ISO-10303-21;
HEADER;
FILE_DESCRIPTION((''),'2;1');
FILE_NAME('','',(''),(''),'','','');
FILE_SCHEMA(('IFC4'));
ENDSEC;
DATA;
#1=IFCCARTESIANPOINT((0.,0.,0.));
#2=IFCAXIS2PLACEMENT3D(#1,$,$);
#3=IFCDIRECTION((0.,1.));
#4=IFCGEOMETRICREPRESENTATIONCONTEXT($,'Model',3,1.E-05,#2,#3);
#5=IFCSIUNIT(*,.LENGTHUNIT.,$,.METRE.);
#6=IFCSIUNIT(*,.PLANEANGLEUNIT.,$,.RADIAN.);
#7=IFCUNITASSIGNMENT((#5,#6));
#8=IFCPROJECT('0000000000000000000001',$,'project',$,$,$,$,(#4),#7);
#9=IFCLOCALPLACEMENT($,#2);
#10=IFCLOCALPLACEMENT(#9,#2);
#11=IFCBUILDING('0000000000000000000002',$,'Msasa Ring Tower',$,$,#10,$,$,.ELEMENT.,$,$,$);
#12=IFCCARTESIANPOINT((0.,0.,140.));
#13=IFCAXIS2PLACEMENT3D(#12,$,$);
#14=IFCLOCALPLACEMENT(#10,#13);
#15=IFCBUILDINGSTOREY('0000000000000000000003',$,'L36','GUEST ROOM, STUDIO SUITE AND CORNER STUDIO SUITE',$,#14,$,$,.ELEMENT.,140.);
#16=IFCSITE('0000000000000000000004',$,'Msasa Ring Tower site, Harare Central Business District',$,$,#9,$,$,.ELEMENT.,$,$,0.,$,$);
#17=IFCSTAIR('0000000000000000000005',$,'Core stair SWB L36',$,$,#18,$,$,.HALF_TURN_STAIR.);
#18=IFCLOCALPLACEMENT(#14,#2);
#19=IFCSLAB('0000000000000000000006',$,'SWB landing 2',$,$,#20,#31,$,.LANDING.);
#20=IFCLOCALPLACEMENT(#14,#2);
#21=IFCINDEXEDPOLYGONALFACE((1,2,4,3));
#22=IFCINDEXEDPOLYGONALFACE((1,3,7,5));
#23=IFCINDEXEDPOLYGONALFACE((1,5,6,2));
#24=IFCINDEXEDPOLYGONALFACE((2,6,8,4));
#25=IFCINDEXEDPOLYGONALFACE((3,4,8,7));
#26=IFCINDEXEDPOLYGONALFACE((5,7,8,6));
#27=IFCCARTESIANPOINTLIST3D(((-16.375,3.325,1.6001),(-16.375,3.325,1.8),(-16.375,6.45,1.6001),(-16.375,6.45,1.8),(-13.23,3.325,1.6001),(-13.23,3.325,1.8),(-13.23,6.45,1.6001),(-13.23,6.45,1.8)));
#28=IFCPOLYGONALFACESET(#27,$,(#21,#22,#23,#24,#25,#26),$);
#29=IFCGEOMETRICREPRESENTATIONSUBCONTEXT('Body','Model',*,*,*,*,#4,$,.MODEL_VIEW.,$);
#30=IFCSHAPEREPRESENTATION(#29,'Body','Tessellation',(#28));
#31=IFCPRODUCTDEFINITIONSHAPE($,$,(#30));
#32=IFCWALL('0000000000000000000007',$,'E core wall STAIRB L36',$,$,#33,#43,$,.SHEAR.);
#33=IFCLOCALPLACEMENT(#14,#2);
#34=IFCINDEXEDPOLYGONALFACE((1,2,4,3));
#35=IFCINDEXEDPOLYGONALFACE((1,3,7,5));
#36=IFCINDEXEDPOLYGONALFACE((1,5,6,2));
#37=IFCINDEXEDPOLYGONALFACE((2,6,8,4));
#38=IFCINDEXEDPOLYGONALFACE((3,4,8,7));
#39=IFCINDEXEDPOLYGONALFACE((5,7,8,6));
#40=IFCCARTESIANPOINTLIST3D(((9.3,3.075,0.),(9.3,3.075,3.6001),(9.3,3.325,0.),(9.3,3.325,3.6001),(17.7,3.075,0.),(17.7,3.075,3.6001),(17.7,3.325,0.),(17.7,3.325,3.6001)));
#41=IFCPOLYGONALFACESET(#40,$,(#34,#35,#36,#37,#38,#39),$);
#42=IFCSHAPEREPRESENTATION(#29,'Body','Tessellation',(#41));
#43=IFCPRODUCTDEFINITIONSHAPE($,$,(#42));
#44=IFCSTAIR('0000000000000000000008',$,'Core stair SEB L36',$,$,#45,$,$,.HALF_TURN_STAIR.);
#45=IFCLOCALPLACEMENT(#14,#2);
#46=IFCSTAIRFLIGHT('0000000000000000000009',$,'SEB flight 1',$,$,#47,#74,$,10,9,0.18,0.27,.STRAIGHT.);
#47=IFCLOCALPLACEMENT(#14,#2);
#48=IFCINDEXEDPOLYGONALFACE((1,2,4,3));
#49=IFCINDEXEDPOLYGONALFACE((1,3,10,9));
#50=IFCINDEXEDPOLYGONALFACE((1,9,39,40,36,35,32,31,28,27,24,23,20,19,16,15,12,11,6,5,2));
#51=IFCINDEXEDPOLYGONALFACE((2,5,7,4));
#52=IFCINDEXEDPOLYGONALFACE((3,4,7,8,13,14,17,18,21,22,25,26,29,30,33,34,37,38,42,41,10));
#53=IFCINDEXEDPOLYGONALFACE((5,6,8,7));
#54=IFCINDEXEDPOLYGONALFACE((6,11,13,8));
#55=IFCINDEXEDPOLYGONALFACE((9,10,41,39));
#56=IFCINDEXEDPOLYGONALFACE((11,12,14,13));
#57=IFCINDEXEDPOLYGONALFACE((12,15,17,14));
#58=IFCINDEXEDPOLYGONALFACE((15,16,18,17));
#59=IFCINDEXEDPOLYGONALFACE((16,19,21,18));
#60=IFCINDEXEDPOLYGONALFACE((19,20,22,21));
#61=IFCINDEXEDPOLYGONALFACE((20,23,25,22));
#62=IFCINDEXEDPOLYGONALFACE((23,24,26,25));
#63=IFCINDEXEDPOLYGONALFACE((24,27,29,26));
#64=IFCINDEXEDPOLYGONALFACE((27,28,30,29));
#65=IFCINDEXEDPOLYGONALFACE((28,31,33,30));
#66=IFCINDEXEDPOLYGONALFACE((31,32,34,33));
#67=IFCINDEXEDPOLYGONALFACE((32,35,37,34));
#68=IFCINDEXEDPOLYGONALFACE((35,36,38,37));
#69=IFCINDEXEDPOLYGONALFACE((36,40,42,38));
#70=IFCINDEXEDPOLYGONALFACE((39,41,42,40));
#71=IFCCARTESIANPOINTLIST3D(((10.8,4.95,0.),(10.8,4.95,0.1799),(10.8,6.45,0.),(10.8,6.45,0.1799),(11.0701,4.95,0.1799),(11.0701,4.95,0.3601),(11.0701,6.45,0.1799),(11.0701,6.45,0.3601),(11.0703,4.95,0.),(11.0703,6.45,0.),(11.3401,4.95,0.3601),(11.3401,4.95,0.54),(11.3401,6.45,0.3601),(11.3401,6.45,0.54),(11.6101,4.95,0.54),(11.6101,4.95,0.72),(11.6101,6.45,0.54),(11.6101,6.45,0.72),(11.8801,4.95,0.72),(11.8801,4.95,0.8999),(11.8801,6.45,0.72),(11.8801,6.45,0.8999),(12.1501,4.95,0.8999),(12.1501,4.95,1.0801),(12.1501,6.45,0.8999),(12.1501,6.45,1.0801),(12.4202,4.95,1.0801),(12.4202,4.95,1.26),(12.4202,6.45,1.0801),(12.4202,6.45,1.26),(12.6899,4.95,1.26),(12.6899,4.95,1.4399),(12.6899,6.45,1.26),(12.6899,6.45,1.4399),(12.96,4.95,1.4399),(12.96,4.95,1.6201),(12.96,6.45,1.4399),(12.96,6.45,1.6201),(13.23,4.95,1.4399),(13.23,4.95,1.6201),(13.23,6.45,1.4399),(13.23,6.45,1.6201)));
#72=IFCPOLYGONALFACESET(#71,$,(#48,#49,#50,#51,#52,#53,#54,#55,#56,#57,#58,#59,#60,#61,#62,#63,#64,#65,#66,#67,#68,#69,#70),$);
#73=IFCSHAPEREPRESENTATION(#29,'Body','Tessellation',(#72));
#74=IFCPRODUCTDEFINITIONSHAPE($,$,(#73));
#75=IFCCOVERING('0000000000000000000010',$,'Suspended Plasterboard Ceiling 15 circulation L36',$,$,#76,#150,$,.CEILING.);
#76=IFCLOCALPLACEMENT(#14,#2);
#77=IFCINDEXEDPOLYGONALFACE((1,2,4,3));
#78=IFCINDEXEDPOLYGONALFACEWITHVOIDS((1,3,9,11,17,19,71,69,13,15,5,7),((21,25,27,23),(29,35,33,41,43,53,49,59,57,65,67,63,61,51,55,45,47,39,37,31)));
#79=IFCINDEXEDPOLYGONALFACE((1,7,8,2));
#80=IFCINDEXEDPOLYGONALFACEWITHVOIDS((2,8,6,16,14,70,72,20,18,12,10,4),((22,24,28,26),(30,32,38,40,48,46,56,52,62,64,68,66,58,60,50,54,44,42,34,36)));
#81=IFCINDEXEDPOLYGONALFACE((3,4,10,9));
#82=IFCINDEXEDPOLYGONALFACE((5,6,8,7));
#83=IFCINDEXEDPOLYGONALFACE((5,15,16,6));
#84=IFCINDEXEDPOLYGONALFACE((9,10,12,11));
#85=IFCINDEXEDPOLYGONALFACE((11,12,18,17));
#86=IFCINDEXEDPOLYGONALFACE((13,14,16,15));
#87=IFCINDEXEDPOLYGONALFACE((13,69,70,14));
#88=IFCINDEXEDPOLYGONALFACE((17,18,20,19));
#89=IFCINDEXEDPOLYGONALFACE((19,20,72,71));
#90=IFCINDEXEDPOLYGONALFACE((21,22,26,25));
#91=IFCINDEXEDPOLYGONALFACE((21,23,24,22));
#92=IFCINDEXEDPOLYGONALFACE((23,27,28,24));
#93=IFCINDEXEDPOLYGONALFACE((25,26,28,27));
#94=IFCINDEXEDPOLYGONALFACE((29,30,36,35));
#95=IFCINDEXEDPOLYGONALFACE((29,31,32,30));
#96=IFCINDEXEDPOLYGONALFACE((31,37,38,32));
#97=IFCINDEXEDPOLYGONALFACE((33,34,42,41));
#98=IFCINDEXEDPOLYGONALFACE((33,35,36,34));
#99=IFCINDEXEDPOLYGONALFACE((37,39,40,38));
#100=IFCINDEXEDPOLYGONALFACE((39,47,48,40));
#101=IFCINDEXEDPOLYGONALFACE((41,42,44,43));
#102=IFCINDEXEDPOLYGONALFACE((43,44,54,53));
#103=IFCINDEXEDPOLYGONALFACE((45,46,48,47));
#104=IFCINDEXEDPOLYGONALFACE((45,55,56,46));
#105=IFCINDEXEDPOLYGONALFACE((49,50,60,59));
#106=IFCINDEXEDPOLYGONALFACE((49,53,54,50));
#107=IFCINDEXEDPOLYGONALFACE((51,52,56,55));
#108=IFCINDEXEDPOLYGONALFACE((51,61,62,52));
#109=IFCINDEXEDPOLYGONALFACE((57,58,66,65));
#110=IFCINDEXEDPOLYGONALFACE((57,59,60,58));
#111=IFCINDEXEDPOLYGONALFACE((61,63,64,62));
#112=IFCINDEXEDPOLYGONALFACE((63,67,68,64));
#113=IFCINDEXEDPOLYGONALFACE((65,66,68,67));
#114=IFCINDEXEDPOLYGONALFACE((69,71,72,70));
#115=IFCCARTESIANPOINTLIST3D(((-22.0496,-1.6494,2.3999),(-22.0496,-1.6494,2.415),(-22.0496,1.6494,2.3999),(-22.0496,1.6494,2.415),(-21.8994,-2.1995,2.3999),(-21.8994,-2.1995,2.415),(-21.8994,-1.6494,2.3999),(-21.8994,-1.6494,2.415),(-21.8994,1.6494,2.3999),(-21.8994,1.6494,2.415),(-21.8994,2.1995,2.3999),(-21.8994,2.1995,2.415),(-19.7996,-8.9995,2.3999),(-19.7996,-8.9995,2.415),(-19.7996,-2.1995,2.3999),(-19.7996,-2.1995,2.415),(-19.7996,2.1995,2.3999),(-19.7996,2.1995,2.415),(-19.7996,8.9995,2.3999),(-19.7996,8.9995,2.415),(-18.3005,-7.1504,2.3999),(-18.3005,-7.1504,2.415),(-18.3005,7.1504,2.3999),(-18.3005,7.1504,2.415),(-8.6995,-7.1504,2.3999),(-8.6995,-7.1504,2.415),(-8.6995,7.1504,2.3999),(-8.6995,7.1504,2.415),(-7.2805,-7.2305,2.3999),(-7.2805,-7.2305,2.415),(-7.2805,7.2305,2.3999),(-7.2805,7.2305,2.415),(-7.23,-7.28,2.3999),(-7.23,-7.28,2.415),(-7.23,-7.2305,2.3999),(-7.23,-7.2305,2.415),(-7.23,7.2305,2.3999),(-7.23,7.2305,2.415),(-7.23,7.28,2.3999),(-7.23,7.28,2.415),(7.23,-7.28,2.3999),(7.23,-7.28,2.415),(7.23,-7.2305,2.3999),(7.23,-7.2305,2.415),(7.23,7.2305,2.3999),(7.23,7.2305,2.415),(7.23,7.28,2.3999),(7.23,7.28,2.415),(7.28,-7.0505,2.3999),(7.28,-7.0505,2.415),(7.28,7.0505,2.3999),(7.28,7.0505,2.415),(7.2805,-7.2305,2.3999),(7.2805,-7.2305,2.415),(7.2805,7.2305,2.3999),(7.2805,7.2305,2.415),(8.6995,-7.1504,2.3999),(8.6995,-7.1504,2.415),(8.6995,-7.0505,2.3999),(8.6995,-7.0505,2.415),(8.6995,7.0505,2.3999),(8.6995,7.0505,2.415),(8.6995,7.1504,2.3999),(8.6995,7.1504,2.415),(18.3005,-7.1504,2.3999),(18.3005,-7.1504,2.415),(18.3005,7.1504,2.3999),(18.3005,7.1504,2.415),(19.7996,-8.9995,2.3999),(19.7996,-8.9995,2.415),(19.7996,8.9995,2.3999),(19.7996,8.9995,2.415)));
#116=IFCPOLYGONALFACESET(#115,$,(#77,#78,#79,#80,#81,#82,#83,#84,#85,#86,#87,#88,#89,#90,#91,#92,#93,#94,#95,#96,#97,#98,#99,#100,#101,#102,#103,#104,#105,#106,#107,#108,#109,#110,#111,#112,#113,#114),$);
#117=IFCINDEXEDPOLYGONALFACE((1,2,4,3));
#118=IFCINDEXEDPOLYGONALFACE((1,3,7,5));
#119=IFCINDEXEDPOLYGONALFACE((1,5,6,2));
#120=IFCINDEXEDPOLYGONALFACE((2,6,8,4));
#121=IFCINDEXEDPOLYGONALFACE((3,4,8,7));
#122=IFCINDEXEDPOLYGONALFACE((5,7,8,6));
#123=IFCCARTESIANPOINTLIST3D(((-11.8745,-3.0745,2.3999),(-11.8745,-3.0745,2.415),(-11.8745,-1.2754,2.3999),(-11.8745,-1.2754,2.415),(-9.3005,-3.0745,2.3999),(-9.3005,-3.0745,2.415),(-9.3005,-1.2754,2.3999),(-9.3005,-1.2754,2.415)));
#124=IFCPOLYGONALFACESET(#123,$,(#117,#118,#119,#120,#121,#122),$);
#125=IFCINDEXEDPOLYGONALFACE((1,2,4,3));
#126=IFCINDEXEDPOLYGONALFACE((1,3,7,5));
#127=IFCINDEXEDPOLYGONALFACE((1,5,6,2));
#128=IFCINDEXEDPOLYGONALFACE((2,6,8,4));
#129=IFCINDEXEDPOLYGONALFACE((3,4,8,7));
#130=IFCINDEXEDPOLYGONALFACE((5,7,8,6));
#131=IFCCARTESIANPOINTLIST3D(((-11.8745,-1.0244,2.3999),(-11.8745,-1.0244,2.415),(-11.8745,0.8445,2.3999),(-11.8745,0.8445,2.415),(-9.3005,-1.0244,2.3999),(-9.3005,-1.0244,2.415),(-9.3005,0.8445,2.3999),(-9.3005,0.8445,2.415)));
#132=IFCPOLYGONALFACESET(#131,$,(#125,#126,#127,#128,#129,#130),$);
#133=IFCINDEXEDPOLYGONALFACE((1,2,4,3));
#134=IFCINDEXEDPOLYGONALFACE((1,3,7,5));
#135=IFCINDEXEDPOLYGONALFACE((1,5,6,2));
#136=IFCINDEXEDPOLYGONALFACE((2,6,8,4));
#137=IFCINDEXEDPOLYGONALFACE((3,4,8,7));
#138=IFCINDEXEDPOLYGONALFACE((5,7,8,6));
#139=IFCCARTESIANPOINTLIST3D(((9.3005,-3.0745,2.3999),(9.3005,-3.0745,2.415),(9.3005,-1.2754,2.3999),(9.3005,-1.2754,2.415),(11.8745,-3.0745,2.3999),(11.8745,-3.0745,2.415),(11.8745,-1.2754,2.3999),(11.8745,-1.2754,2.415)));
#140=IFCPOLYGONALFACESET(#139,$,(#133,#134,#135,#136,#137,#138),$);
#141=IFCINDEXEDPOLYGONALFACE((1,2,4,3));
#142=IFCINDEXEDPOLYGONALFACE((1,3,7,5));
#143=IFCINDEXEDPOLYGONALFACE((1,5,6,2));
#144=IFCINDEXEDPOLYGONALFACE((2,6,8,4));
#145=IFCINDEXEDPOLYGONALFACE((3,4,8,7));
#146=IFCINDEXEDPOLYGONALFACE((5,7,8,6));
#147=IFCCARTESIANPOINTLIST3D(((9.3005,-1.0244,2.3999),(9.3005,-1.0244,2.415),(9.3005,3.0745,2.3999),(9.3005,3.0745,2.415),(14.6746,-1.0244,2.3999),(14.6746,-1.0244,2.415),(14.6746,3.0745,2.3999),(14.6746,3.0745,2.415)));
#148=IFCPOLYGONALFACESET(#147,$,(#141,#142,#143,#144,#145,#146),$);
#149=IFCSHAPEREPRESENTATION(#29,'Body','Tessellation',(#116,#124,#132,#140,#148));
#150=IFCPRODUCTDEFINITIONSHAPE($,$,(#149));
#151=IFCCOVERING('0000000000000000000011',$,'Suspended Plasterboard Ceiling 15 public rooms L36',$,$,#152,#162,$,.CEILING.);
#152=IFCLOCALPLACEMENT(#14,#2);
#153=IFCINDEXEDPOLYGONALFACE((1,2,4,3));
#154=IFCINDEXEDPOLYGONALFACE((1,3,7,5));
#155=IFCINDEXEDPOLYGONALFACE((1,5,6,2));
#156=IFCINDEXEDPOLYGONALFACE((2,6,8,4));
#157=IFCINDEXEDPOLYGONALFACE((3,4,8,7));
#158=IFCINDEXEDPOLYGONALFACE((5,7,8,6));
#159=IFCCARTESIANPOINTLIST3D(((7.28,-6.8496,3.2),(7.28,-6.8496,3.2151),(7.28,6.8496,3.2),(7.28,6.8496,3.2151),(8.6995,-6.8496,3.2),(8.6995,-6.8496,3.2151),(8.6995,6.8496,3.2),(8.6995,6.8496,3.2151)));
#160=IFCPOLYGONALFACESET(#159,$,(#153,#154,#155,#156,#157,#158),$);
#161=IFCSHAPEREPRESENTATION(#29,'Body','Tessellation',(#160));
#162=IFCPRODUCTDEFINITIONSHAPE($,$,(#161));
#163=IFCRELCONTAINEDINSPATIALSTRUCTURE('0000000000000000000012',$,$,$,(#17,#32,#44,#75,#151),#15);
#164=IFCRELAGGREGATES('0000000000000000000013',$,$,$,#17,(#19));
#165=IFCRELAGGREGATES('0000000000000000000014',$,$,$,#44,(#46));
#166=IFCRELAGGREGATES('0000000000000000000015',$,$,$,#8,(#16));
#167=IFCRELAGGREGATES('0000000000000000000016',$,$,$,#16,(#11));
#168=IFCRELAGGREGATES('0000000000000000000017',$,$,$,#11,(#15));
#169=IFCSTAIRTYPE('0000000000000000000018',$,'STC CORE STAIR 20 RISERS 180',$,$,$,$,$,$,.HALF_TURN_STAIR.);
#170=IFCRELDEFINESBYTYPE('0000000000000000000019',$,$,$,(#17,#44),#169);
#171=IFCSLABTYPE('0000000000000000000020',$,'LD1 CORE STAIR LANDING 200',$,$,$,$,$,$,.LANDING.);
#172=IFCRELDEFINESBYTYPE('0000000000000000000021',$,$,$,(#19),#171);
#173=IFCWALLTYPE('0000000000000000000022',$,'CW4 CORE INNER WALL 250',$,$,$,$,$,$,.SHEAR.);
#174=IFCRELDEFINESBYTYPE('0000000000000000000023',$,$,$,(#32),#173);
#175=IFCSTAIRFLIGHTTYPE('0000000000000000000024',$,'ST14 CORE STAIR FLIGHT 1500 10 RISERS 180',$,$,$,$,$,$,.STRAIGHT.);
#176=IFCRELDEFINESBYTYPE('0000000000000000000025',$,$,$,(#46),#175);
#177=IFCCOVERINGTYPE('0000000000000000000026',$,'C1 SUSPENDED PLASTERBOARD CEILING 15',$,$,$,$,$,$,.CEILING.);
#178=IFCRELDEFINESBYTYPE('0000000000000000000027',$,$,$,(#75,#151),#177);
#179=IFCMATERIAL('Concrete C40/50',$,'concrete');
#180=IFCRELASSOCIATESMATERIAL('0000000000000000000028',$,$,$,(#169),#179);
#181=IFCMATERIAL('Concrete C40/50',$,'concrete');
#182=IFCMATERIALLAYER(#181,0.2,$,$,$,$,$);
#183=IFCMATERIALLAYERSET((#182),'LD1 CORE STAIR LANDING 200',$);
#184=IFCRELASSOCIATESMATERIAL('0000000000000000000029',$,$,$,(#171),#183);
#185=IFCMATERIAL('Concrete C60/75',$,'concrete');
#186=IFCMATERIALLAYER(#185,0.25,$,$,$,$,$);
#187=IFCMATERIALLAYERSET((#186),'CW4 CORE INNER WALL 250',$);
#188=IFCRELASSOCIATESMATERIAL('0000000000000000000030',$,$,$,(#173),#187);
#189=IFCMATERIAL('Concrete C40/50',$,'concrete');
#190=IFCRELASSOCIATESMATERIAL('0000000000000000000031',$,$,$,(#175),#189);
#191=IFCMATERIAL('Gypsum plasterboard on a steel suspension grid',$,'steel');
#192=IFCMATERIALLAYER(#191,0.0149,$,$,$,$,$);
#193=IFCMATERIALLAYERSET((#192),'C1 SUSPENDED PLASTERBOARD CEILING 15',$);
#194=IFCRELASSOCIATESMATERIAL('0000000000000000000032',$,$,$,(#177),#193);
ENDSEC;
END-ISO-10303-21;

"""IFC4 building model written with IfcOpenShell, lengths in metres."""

from ifc_helpers import new_model, si_unit, direction, frame, frame_2d, origin, place, context, subcontext, project, spatial, polyline, line, indexed_curve, rectangle, outline, extrude, material, layer, layer_set, type_object, element, aggregate, save


model = new_model("IFC4")

# Units and contexts
model_context = context("Model", 3, precision=1e-05, world=origin(), true_north=direction((0.0, 1.0)))
body_context = subcontext(model_context, "Body", "Model", "MODEL_VIEW")
ifc_project = project(units=[si_unit("LENGTHUNIT", "METRE"), si_unit("PLANEANGLEUNIT", "RADIAN")], contexts=[model_context])

# Site, building, storey
site_placement = place(None, origin())
site = spatial("IfcSite", under=ifc_project, at=site_placement, Name="Msasa Ring Tower site, Harare Central Business District", CompositionType="ELEMENT", RefElevation=0.0)
building_placement = place(site_placement, origin())
building = spatial("IfcBuilding", under=site, at=building_placement, Name="Msasa Ring Tower", CompositionType="ELEMENT")
storey_placement = place(building_placement, frame((0.0, 0.0, 140.0)))
storey = spatial("IfcBuildingStorey", under=building, at=storey_placement, Name="L36", Description="GUEST ROOM, STUDIO SUITE AND CORNER STUDIO SUITE", CompositionType="ELEMENT", Elevation=140.0)

# Shared definitions
ifc_material_1 = material(Name="Concrete C40/50", Category="concrete")
stair_type = type_object("IfcStairType", Name="STC CORE STAIR 20 RISERS 180", PredefinedType="HALF_TURN_STAIR", material=ifc_material_1)
ifc_material_2 = material(Name="Concrete C40/50", Category="concrete")
ifc_layer_1 = layer(ifc_material_2, 0.2)
ifc_layer_set_1 = layer_set([ifc_layer_1], Name="LD1 CORE STAIR LANDING 200")
slab_type = type_object("IfcSlabType", Name="LD1 CORE STAIR LANDING 200", PredefinedType="LANDING", material=ifc_layer_set_1)

# Stair, slab
stair_1_placement = place(storey_placement, origin())
stair_1 = element("IfcStair", 1, at=stair_1_placement, inside=storey, type_object=stair_type, Name="Core stair SWB L36", PredefinedType="HALF_TURN_STAIR")
slab_1_placement = place(storey_placement, frame((0.0, 0.0, 1.6001)))
slab_1 = element("IfcSlab", 2, at=slab_1_placement, type_object=slab_type, Name="SWB landing 2", PredefinedType="LANDING", context=body_context, shape_type="SweptSolid", body=[
    extrude(outline(polyline([(-16.375, 3.325), (-13.23, 3.325), (-13.23, 6.45), (-16.375, 6.45), (-16.375, 3.325)])), origin(), (0.0, 0.0, 1.0), 0.2),
])
aggregate(stair_1, [slab_1])

# Wall
ifc_material_3 = material(Name="Concrete C60/75", Category="concrete")
ifc_layer_2 = layer(ifc_material_3, 0.25)
ifc_layer_set_2 = layer_set([ifc_layer_2], Name="CW4 CORE INNER WALL 250")
wall_type = type_object("IfcWallType", Name="CW4 CORE INNER WALL 250", PredefinedType="SHEAR", material=ifc_layer_set_2)
wall_placement = place(storey_placement, frame((9.3, 3.2, 0.0), z_axis=(0.0, 0.0, 1.0), x_axis=(1.0, 0.0, 0.0)))
element("IfcWall", 3, at=wall_placement, inside=storey, type_object=wall_type, Name="E core wall STAIRB L36", PredefinedType="SHEAR", context=body_context, shape_type="SweptSolid", body=[
    extrude(rectangle(XDim=8.3999, YDim=0.25, at=frame_2d((4.2, 0.0))), origin(), (0.0, 0.0, 1.0), 3.6001),
])

# Stair, stair flight
stair_2_placement = place(storey_placement, origin())
stair_2 = element("IfcStair", 4, at=stair_2_placement, inside=storey, type_object=stair_type, Name="Core stair SEB L36", PredefinedType="HALF_TURN_STAIR")
ifc_material_4 = material(Name="Concrete C40/50", Category="concrete")
stair_flight_type = type_object("IfcStairFlightType", Name="ST14 CORE STAIR FLIGHT 1500 10 RISERS 180", PredefinedType="STRAIGHT", material=ifc_material_4)
stair_flight_placement = place(storey_placement, frame((10.8, 5.7, 0.0), z_axis=(0.0, 0.0, 1.0), x_axis=(1.0, 0.0, 0.0)))
stair_flight = element("IfcStairFlight", 5, at=stair_flight_placement, type_object=stair_flight_type, Name="SEB flight 1", NumberOfRisers=10, NumberOfTreads=9, PredefinedType="STRAIGHT", RiserHeight=0.18, TreadLength=0.27, context=body_context, shape_type="SweptSolid", body=[
    extrude(outline(polyline([(0.0, 0.0), (0.0, 0.1799), (0.27, 0.1799), (0.27, 0.3601), (0.54, 0.3601), (0.54, 0.54), (0.8101, 0.54), (0.8101, 0.72), (1.0801, 0.72), (1.0801, 0.8999), (1.3501, 0.8999), (1.3501, 1.0801), (1.6201, 1.0801), (1.6201, 1.26), (1.8899, 1.26), (1.8899, 1.4399), (2.1599, 1.4399), (2.1599, 1.6201), (2.4299, 1.6201), (2.4299, 1.8), (2.4299, 1.4399), (0.2703, 0.0), (0.0, 0.0)])), frame((0.0, 0.75, 0.0), z_axis=(0.0, -1.0, 0.0), x_axis=(1.0, 0.0, 0.0)), (0.0, 0.0, 1.0), 1.5),
])
aggregate(stair_2, [stair_flight])

# Coverings
ifc_material_5 = material(Name="Gypsum plasterboard on a steel suspension grid", Category="steel")
ifc_layer_3 = layer(ifc_material_5, 0.0149)
ifc_layer_set_3 = layer_set([ifc_layer_3], Name="C1 SUSPENDED PLASTERBOARD CEILING 15")
covering_type_1 = type_object("IfcCoveringType", Name="C1 SUSPENDED PLASTERBOARD CEILING 15", PredefinedType="CEILING", material=ifc_layer_set_3)
covering_1_placement = place(storey_placement, frame((0.0, 0.0, 2.3999)))
element("IfcCovering", 6, at=covering_1_placement, inside=storey, type_object=covering_type_1, Name="Suspended Plasterboard Ceiling 15 circulation L36", PredefinedType="CEILING", context=body_context, shape_type="SweptSolid", body=[
    extrude(outline(indexed_curve([(19.7996, 8.9995), (19.7996, -8.9995), (-19.7996, -8.9995), (-19.7996, -2.1995), (-21.8994, -2.1995), (-21.8994, -1.6494), (-22.0496, -1.6494), (-22.0496, 1.6494), (-21.8994, 1.6494), (-21.8994, 2.1995), (-19.7996, 2.1995), (-19.7996, 8.9995)], segments=[line(1, 2, 3, 4, 5, 6, 7, 8, 9, 10, 11, 12, 1)], self_intersect=False), holes=[indexed_curve([(8.6995, -7.1504), (18.3005, -7.1504), (18.3005, 7.1504), (8.6995, 7.1504), (8.6995, 7.0505), (7.28, 7.0505), (7.2805, 7.2305), (7.23, 7.2305), (7.23, 7.28), (-7.23, 7.28), (-7.23, 7.2305), (-7.2805, 7.2305), (-7.2805, -7.2305), (-7.23, -7.2305), (-7.23, -7.28), (7.23, -7.28), (7.23, -7.2305), (7.2805, -7.2305), (7.28, -7.0505), (8.6995, -7.0505)], segments=[line(1, 2, 3, 4, 5, 6, 7, 8, 9, 10, 11, 12, 13, 14, 15, 16, 17, 18, 19, 20, 1)], self_intersect=False), indexed_curve([(-8.6995, 7.1504), (-18.3005, 7.1504), (-18.3005, -7.1504), (-8.6995, -7.1504)], segments=[line(1, 2, 3, 4, 1)], self_intersect=False)]), origin(), (0.0, 0.0, 1.0), 0.0151),
    extrude(outline(indexed_curve([(-9.3005, -3.0745), (-11.8745, -3.0745), (-11.8745, -1.2754), (-9.3005, -1.2754)], segments=[line(1, 2, 3, 4, 1)], self_intersect=False)), origin(), (0.0, 0.0, 1.0), 0.0151),
    extrude(outline(indexed_curve([(-9.3005, -1.0244), (-11.8745, -1.0244), (-11.8745, 0.8445), (-9.3005, 0.8445)], segments=[line(1, 2, 3, 4, 1)], self_intersect=False)), origin(), (0.0, 0.0, 1.0), 0.0151),
    extrude(outline(indexed_curve([(11.8745, -3.0745), (9.3005, -3.0745), (9.3005, -1.2754), (11.8745, -1.2754)], segments=[line(1, 2, 3, 4, 1)], self_intersect=False)), origin(), (0.0, 0.0, 1.0), 0.0151),
    extrude(outline(indexed_curve([(9.3005, -1.0244), (9.3005, 3.0745), (14.6746, 3.0745), (14.6746, -1.0244)], segments=[line(1, 2, 3, 4, 1)], self_intersect=False)), origin(), (0.0, 0.0, 1.0), 0.0151),
])
covering_2_placement = place(storey_placement, frame((0.0, 0.0, 3.2)))
element("IfcCovering", 7, at=covering_2_placement, inside=storey, type_object=covering_type_1, Name="Suspended Plasterboard Ceiling 15 public rooms L36", PredefinedType="CEILING", context=body_context, shape_type="SweptSolid", body=[
    extrude(outline(indexed_curve([(8.6995, 6.8496), (8.6995, -6.8496), (7.28, -6.8496), (7.28, 6.8496)], segments=[line(1, 2, 3, 4, 1)], self_intersect=False)), origin(), (0.0, 0.0, 1.0), 0.0151),
])

save(model, "model.ifc")
